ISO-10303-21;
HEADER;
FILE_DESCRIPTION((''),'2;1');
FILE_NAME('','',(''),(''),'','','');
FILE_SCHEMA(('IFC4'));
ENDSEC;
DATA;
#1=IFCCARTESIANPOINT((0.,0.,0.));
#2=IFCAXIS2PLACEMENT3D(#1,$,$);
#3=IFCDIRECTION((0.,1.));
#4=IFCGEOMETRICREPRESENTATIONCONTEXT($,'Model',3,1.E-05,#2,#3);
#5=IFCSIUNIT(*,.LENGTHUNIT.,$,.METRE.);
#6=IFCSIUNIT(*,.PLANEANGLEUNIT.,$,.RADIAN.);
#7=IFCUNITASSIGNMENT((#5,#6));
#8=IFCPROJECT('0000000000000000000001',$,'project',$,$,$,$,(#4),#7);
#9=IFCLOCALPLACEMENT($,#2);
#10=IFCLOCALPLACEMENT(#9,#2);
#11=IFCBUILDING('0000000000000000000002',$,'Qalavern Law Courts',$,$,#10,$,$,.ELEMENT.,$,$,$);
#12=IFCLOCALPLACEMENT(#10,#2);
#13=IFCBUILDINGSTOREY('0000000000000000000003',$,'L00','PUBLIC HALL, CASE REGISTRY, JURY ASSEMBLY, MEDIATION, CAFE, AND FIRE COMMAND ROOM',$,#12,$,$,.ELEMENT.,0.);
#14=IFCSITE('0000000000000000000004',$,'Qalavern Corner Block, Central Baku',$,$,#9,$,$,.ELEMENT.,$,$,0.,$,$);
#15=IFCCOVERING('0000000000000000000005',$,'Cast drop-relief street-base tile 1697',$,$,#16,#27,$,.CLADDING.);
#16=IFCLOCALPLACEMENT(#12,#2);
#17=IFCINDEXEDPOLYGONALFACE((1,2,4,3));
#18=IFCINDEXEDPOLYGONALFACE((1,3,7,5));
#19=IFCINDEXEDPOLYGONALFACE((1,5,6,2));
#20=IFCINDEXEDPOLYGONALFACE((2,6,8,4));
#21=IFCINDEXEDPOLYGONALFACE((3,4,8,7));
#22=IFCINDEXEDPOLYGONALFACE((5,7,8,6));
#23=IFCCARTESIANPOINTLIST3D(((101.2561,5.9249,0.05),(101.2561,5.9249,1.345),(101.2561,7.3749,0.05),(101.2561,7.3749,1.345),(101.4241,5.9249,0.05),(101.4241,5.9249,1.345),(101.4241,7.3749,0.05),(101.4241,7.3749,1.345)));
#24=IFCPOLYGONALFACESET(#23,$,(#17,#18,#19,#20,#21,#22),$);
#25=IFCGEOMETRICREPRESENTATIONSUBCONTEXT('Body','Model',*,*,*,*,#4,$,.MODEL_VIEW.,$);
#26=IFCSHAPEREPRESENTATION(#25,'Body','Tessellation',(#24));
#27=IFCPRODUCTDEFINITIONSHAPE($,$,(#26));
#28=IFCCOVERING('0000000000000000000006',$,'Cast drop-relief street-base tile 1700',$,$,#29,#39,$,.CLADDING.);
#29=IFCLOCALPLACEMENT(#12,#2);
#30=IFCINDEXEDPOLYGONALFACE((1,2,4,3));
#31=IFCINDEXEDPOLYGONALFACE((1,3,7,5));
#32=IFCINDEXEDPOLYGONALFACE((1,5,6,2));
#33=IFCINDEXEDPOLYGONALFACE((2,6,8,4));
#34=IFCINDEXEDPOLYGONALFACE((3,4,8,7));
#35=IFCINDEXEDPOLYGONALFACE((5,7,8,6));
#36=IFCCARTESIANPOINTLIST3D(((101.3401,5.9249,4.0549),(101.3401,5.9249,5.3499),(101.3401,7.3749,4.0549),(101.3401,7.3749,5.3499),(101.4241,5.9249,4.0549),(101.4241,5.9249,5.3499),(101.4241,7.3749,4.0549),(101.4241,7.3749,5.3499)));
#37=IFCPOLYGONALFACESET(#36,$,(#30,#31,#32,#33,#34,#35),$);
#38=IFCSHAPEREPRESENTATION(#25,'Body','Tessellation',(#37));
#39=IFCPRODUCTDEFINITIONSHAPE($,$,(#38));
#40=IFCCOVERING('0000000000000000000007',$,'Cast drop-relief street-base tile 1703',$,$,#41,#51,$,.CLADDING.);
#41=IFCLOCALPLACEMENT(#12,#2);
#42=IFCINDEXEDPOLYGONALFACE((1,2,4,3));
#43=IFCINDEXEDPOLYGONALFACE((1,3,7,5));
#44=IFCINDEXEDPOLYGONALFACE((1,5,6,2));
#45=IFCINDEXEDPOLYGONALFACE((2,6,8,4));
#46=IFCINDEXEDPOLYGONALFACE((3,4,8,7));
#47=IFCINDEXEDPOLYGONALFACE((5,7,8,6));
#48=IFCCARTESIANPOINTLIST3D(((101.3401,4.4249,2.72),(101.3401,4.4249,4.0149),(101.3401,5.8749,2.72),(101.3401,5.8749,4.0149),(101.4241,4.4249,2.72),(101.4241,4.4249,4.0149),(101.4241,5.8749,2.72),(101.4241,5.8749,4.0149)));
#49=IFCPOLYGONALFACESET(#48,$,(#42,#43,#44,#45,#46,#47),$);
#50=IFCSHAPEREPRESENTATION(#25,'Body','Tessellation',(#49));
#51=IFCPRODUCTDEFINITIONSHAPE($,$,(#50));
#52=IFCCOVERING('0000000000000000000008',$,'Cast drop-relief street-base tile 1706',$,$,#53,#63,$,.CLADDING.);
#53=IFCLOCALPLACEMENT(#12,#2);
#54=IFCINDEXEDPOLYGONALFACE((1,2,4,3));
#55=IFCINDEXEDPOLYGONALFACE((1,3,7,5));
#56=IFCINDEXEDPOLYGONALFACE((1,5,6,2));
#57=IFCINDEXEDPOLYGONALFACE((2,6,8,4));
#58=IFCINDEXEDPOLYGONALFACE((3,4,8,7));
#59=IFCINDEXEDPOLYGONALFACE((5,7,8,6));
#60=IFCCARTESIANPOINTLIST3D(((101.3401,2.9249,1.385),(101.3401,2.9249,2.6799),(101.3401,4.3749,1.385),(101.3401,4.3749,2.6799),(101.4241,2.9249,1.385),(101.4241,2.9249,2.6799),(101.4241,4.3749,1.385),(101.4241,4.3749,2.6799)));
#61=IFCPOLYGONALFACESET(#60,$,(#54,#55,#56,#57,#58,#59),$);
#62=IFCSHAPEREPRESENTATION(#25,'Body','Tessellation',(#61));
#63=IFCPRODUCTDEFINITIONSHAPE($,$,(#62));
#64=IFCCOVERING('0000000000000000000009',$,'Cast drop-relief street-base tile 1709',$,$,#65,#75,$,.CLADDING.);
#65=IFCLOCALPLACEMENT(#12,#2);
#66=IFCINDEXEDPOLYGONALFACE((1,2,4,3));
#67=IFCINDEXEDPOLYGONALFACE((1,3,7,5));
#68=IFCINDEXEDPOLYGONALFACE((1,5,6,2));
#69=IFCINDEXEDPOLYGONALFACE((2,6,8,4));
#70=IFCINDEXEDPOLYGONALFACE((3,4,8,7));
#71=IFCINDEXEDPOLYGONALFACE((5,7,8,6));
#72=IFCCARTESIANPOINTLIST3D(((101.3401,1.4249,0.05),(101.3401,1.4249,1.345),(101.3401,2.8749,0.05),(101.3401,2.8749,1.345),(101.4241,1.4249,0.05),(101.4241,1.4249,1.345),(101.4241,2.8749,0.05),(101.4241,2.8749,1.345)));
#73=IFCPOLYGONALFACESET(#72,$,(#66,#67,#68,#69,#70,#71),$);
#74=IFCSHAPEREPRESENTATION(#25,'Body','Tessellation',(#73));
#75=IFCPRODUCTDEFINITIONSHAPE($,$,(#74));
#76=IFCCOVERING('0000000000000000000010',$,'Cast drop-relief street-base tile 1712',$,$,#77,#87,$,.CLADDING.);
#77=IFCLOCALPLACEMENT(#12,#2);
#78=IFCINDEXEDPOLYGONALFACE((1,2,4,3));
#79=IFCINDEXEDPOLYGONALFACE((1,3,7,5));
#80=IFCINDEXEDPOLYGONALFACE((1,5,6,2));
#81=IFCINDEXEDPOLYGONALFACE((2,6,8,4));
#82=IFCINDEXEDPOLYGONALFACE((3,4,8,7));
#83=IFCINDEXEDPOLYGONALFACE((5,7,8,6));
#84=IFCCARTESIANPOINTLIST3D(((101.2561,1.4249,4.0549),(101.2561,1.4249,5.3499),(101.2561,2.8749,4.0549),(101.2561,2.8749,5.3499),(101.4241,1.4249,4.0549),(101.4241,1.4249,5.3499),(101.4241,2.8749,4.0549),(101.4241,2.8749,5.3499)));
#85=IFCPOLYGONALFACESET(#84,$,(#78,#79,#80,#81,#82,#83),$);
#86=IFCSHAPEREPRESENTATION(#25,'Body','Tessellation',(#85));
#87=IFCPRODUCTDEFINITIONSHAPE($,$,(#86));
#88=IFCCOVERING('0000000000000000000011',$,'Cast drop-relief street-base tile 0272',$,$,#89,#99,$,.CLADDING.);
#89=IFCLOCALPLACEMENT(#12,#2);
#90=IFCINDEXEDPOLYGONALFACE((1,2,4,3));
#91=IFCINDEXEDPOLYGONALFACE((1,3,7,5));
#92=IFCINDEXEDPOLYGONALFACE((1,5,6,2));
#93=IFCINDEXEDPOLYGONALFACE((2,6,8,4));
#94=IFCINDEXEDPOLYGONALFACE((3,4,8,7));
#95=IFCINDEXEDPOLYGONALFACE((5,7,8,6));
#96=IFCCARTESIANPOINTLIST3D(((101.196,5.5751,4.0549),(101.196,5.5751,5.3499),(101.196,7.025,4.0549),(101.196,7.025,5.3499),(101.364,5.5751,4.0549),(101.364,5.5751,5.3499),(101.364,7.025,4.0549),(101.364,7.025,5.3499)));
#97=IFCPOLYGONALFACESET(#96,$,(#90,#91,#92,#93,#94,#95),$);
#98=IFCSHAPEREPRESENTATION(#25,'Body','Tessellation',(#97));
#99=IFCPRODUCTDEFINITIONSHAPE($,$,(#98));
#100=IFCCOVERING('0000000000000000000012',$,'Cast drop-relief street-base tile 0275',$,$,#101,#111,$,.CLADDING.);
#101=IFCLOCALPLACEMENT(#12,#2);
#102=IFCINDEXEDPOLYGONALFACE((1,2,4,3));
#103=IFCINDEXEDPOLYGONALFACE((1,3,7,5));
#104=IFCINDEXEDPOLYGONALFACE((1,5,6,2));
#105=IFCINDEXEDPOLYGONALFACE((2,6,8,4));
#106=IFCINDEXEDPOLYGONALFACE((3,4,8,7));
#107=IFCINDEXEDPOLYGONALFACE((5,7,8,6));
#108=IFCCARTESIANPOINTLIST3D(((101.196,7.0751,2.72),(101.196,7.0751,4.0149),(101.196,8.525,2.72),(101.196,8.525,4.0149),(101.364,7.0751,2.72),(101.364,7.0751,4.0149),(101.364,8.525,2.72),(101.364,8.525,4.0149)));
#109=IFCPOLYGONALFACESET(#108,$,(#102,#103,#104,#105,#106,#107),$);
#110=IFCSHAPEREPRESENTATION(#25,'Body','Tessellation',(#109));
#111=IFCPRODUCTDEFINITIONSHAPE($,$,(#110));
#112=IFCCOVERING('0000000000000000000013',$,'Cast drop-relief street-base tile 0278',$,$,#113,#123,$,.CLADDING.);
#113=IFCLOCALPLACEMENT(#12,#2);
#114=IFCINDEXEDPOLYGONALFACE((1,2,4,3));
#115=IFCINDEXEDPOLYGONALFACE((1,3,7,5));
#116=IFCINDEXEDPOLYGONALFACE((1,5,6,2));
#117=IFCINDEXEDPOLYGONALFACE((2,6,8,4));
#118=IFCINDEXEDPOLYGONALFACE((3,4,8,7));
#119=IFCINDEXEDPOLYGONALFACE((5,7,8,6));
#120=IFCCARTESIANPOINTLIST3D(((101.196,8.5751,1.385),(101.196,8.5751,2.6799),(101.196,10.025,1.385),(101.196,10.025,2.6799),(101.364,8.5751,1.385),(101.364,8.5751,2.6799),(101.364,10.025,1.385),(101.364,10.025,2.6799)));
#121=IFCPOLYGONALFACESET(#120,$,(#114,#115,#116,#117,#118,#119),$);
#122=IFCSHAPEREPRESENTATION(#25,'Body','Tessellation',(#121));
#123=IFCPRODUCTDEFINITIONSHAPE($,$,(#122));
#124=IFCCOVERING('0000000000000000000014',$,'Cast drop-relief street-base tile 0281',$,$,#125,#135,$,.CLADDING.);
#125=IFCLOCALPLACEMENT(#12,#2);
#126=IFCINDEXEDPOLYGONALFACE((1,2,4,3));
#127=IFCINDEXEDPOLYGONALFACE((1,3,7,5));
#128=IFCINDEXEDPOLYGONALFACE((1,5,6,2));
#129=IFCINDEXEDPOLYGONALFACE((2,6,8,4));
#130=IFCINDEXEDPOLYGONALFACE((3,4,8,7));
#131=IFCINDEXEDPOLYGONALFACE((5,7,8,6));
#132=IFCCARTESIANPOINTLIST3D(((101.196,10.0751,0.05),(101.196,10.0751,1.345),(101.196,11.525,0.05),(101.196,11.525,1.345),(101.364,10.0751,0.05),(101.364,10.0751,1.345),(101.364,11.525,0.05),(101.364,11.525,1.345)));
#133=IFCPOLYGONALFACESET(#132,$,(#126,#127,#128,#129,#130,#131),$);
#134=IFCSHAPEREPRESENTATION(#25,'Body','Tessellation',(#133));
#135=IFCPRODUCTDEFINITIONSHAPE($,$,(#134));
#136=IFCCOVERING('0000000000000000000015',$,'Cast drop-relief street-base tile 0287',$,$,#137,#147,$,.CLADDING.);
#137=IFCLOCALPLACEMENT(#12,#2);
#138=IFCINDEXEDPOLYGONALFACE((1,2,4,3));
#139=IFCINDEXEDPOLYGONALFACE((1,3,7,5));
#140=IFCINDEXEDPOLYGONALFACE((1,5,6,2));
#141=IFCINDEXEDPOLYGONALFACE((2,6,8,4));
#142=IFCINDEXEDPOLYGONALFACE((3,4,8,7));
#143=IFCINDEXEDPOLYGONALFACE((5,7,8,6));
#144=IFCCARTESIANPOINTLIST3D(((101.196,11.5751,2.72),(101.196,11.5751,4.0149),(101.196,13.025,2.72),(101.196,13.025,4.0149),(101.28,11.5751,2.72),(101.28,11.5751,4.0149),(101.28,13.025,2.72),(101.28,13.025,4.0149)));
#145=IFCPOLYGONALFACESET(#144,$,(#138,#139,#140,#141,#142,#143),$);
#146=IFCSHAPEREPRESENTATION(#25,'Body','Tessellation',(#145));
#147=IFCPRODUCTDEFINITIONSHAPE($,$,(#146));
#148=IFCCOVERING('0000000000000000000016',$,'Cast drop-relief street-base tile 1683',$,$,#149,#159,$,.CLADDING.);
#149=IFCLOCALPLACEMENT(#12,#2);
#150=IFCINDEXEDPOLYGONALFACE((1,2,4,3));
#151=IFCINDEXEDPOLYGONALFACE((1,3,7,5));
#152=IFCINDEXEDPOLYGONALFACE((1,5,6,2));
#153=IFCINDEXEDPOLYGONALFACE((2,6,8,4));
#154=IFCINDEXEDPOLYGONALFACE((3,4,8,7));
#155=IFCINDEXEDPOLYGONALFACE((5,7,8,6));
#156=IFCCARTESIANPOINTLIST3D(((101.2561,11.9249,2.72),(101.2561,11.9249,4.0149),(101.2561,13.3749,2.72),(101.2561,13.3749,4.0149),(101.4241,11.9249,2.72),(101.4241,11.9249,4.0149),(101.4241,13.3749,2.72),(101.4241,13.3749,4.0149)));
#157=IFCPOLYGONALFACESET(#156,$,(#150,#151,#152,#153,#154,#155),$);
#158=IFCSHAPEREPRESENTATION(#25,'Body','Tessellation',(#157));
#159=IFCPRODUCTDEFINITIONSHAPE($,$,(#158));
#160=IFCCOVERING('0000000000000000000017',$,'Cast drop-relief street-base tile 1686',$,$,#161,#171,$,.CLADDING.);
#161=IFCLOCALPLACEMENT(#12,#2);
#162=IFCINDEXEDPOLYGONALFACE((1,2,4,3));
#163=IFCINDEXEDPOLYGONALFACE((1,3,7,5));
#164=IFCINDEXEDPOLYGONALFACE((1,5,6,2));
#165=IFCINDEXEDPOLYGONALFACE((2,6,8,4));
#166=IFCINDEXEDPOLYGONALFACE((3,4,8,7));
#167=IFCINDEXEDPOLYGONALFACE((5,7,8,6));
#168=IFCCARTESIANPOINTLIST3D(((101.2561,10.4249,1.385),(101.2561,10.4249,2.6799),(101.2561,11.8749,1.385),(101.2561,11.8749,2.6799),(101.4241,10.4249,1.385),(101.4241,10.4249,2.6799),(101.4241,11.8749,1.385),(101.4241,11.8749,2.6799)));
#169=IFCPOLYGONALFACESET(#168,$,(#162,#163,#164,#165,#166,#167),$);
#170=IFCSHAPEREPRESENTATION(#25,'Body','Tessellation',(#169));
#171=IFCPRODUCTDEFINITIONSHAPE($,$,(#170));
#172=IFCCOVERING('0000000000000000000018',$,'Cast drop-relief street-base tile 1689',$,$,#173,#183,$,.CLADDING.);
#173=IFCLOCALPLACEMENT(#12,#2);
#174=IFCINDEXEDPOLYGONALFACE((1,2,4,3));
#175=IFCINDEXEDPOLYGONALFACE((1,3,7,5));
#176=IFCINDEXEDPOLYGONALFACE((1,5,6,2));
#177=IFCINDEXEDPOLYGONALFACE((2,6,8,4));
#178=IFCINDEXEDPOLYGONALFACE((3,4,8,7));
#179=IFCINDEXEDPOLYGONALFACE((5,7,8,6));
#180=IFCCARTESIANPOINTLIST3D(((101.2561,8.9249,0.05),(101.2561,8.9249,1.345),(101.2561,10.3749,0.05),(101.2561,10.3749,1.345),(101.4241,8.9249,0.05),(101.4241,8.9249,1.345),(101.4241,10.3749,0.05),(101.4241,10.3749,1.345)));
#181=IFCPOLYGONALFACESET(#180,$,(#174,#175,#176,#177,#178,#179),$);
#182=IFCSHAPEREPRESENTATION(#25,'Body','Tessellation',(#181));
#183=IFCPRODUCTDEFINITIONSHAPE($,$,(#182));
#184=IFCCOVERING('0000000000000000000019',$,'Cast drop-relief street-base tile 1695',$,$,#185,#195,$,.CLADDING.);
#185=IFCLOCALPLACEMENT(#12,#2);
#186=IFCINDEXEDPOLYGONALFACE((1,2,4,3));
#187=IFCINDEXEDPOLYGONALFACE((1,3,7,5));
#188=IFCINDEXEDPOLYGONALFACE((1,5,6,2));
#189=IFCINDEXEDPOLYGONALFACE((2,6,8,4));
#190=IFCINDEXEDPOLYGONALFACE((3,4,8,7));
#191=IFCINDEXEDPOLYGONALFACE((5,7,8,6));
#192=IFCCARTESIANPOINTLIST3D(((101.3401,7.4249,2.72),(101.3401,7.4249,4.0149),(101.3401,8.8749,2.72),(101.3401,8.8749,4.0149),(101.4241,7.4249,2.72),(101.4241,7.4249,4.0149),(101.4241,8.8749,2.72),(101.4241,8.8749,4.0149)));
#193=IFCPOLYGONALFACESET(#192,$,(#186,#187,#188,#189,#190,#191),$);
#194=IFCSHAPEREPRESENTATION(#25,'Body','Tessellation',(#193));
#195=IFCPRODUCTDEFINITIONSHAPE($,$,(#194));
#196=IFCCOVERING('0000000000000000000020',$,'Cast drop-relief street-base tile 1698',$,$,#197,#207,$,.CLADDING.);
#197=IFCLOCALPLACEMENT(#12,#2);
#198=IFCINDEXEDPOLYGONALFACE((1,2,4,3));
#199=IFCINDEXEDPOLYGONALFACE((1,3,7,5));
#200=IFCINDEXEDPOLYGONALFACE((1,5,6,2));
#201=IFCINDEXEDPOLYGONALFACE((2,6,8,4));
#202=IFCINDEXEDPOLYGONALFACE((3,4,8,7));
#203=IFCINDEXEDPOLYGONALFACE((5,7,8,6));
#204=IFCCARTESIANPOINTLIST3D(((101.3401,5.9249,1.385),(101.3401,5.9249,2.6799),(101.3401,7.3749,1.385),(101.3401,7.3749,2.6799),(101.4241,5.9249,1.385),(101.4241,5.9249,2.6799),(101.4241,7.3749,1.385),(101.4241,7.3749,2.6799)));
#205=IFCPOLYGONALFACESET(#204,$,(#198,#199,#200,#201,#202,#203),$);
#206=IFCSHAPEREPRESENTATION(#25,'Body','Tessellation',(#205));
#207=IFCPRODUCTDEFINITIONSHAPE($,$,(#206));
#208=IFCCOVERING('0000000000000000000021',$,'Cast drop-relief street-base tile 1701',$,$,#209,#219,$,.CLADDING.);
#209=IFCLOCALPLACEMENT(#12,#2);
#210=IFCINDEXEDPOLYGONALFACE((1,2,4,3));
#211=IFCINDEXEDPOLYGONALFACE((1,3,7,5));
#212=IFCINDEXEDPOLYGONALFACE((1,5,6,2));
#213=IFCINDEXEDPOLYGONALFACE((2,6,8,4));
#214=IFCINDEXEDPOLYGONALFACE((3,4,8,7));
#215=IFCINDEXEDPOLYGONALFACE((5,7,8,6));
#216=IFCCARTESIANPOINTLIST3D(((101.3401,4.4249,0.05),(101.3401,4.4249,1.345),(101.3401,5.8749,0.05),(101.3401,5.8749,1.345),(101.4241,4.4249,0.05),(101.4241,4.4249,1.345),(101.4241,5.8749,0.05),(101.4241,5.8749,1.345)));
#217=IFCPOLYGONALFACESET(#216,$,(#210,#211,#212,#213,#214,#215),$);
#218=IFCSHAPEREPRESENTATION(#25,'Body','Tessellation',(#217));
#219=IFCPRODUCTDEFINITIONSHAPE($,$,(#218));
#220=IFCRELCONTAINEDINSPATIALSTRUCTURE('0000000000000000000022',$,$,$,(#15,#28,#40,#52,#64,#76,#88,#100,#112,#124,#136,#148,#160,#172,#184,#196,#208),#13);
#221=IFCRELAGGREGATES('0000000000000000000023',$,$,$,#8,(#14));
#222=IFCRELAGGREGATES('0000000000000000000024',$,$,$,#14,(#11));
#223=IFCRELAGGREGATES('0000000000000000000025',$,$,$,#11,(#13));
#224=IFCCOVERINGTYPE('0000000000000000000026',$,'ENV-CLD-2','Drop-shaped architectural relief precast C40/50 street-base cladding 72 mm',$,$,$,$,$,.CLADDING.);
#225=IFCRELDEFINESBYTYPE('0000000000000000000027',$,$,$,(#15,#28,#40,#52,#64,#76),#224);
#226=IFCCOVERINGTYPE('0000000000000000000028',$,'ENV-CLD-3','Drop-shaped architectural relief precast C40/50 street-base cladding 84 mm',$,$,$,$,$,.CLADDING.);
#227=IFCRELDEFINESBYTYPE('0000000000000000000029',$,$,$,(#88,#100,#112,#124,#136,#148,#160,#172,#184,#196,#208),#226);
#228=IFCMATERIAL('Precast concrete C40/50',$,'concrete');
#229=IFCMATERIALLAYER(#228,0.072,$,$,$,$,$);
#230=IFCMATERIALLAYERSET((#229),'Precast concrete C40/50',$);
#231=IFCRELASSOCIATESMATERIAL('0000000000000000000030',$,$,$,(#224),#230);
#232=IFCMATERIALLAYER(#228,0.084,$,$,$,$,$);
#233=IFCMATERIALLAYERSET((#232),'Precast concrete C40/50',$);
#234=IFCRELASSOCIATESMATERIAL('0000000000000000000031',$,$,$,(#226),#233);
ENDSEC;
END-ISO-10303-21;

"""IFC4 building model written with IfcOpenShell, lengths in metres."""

from ifc_helpers import new_model, si_unit, direction, frame, origin, origin_2d, place, context, subcontext, project, spatial, rectangle, extrude, material, layer, layer_set, type_object, element, save


model = new_model("IFC4")

# Units and contexts
model_context = context("Model", 3, precision=1e-05, world=origin(), true_north=direction((0.0, 1.0)))
body_context = subcontext(model_context, "Body", "Model", "MODEL_VIEW")
ifc_project = project(units=[si_unit("LENGTHUNIT", "METRE"), si_unit("PLANEANGLEUNIT", "RADIAN")], contexts=[model_context])

# Site, building, storey
site_placement = place(None, origin())
site = spatial("IfcSite", under=ifc_project, at=site_placement, Name="Qalavern Corner Block, Central Baku", CompositionType="ELEMENT", RefElevation=0.0)
building_placement = place(site_placement, origin())
building = spatial("IfcBuilding", under=site, at=building_placement, Name="Qalavern Law Courts", CompositionType="ELEMENT")
storey_placement = place(building_placement, origin())
storey = spatial("IfcBuildingStorey", under=building, at=storey_placement, Name="L00", Description="PUBLIC HALL, CASE REGISTRY, JURY ASSEMBLY, MEDIATION, CAFE, AND FIRE COMMAND ROOM", CompositionType="ELEMENT", Elevation=0.0)

# Coverings
ifc_material = material(Name="Precast concrete C40/50", Category="concrete")
ifc_layer_1 = layer(ifc_material, 0.072)
ifc_layer_set_1 = layer_set([ifc_layer_1], Name="Precast concrete C40/50")
covering_type_1 = type_object("IfcCoveringType", Name="ENV-CLD-2", Description="Drop-shaped architectural relief precast C40/50 street-base cladding 72 mm", PredefinedType="CLADDING", material=ifc_layer_set_1)
for number, where, z_axis, x_axis, name in (
    (1, (101.3401, 6.6499, 0.05), (0.0, 0.0, 1.0), (0.0, -1.0, 0.0), "Cast drop-relief street-base tile 1697"),
):
    element("IfcCovering", number, at=place(storey_placement, frame(where, z_axis=z_axis, x_axis=x_axis)), inside=storey, type_object=covering_type_1, Name=name, PredefinedType="CLADDING", context=body_context, shape_type="SweptSolid", body=[
        extrude(rectangle(XDim=1.45, YDim=0.168, at=origin_2d()), origin(), (0.0, 0.0, 1.0), 1.2949),
    ])
for number, where, z_axis, x_axis, name in (
    (2, (101.3821, 6.6499, 4.0549), (0.0, 0.0, 1.0), (0.0, -1.0, 0.0), "Cast drop-relief street-base tile 1700"),
    (3, (101.3821, 5.1499, 2.72), (0.0, 0.0, 1.0), (0.0, -1.0, 0.0), "Cast drop-relief street-base tile 1703"),
    (4, (101.3821, 3.6499, 1.385), (0.0, 0.0, 1.0), (0.0, -1.0, 0.0), "Cast drop-relief street-base tile 1706"),
    (5, (101.3821, 2.1499, 0.05), (0.0, 0.0, 1.0), (0.0, -1.0, 0.0), "Cast drop-relief street-base tile 1709"),
):
    element("IfcCovering", number, at=place(storey_placement, frame(where, z_axis=z_axis, x_axis=x_axis)), inside=storey, type_object=covering_type_1, Name=name, PredefinedType="CLADDING", context=body_context, shape_type="SweptSolid", body=[
        extrude(rectangle(XDim=1.45, YDim=0.084, at=origin_2d()), origin(), (0.0, 0.0, 1.0), 1.2949),
    ])
covering_1_placement = place(storey_placement, frame((101.3401, 2.1499, 4.0549), z_axis=(0.0, 0.0, 1.0), x_axis=(0.0, -1.0, 0.0)))
element("IfcCovering", 6, at=covering_1_placement, inside=storey, type_object=covering_type_1, Name="Cast drop-relief street-base tile 1712", PredefinedType="CLADDING", context=body_context, shape_type="SweptSolid", body=[
    extrude(rectangle(XDim=1.45, YDim=0.168, at=origin_2d()), origin(), (0.0, 0.0, 1.0), 1.2949),
])
ifc_layer_2 = layer(ifc_material, 0.084)
ifc_layer_set_2 = layer_set([ifc_layer_2], Name="Precast concrete C40/50")
covering_type_2 = type_object("IfcCoveringType", Name="ENV-CLD-3", Description="Drop-shaped architectural relief precast C40/50 street-base cladding 84 mm", PredefinedType="CLADDING", material=ifc_layer_set_2)
for number, where, z_axis, x_axis, name in (
    (7, (101.28, 6.3, 4.0549), (0.0, 0.0, 1.0), (0.0, 1.0, 0.0), "Cast drop-relief street-base tile 0272"),
    (8, (101.28, 7.8, 2.72), (0.0, 0.0, 1.0), (0.0, 1.0, 0.0), "Cast drop-relief street-base tile 0275"),
    (9, (101.28, 9.3, 1.385), (0.0, 0.0, 1.0), (0.0, 1.0, 0.0), "Cast drop-relief street-base tile 0278"),
    (10, (101.28, 10.8, 0.05), (0.0, 0.0, 1.0), (0.0, 1.0, 0.0), "Cast drop-relief street-base tile 0281"),
):
    element("IfcCovering", number, at=place(storey_placement, frame(where, z_axis=z_axis, x_axis=x_axis)), inside=storey, type_object=covering_type_2, Name=name, PredefinedType="CLADDING", context=body_context, shape_type="SweptSolid", body=[
        extrude(rectangle(XDim=1.45, YDim=0.168, at=origin_2d()), origin(), (0.0, 0.0, 1.0), 1.2949),
    ])
covering_2_placement = place(storey_placement, frame((101.238, 12.3, 2.72), z_axis=(0.0, 0.0, 1.0), x_axis=(0.0, 1.0, 0.0)))
element("IfcCovering", 11, at=covering_2_placement, inside=storey, type_object=covering_type_2, Name="Cast drop-relief street-base tile 0287", PredefinedType="CLADDING", context=body_context, shape_type="SweptSolid", body=[
    extrude(rectangle(XDim=1.45, YDim=0.084, at=origin_2d()), origin(), (0.0, 0.0, 1.0), 1.2949),
])
for number, where, z_axis, x_axis, name in (
    (12, (101.3401, 12.6499, 2.72), (0.0, 0.0, 1.0), (0.0, -1.0, 0.0), "Cast drop-relief street-base tile 1683"),
    (13, (101.3401, 11.1499, 1.385), (0.0, 0.0, 1.0), (0.0, -1.0, 0.0), "Cast drop-relief street-base tile 1686"),
    (14, (101.3401, 9.6499, 0.05), (0.0, 0.0, 1.0), (0.0, -1.0, 0.0), "Cast drop-relief street-base tile 1689"),
):
    element("IfcCovering", number, at=place(storey_placement, frame(where, z_axis=z_axis, x_axis=x_axis)), inside=storey, type_object=covering_type_2, Name=name, PredefinedType="CLADDING", context=body_context, shape_type="SweptSolid", body=[
        extrude(rectangle(XDim=1.45, YDim=0.168, at=origin_2d()), origin(), (0.0, 0.0, 1.0), 1.2949),
    ])
for number, where, z_axis, x_axis, name in (
    (15, (101.3821, 8.1499, 2.72), (0.0, 0.0, 1.0), (0.0, -1.0, 0.0), "Cast drop-relief street-base tile 1695"),
    (16, (101.3821, 6.6499, 1.385), (0.0, 0.0, 1.0), (0.0, -1.0, 0.0), "Cast drop-relief street-base tile 1698"),
    (17, (101.3821, 5.1499, 0.05), (0.0, 0.0, 1.0), (0.0, -1.0, 0.0), "Cast drop-relief street-base tile 1701"),
):
    element("IfcCovering", number, at=place(storey_placement, frame(where, z_axis=z_axis, x_axis=x_axis)), inside=storey, type_object=covering_type_2, Name=name, PredefinedType="CLADDING", context=body_context, shape_type="SweptSolid", body=[
        extrude(rectangle(XDim=1.45, YDim=0.084, at=origin_2d()), origin(), (0.0, 0.0, 1.0), 1.2949),
    ])

save(model, "model.ifc")
